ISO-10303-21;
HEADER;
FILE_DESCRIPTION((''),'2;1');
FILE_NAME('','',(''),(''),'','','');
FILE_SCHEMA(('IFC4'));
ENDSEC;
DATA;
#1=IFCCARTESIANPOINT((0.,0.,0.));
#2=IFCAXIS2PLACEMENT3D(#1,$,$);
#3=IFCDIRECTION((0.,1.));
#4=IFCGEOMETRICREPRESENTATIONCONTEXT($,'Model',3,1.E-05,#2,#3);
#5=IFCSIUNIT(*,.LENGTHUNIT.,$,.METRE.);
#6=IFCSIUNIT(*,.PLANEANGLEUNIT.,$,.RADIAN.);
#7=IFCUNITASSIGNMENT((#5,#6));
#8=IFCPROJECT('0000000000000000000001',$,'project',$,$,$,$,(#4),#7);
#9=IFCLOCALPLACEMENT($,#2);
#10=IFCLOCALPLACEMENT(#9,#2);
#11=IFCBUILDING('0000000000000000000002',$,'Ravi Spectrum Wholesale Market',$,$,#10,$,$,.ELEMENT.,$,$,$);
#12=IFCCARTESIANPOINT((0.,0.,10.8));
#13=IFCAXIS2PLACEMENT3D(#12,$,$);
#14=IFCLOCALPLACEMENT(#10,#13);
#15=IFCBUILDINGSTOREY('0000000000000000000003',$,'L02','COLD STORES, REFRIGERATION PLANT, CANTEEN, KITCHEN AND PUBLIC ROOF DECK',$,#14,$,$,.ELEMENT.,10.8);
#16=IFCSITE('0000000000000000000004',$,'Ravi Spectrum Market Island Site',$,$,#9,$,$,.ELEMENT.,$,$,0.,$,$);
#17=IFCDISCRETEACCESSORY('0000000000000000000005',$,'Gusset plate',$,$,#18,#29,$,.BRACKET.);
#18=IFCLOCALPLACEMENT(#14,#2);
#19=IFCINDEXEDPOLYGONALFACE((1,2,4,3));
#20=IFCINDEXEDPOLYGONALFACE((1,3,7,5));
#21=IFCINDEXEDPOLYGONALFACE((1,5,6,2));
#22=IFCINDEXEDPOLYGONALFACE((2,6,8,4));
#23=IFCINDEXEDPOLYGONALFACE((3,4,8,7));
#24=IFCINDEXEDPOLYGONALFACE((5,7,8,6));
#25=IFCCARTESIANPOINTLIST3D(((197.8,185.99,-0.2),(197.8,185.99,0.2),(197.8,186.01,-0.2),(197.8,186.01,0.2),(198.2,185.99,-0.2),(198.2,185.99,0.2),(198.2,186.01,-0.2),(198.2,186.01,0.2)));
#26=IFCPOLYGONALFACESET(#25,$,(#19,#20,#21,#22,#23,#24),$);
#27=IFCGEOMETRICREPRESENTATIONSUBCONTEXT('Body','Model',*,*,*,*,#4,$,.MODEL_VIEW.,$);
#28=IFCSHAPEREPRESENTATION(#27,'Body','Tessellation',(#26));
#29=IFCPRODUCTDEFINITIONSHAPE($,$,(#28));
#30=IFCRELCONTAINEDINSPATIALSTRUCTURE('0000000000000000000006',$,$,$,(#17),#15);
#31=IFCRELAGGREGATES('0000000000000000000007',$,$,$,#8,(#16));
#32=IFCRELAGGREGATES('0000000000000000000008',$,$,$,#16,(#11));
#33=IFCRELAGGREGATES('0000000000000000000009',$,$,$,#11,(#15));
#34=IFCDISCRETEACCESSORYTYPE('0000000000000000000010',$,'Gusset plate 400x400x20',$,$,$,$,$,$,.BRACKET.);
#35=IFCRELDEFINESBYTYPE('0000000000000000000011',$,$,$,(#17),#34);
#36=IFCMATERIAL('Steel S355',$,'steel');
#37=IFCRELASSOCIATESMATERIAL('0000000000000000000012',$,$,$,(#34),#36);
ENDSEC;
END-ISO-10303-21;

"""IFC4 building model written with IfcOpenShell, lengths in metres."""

from ifc_helpers import new_model, si_unit, direction, frame, origin, origin_2d, place, context, subcontext, project, spatial, rectangle, extrude, material, material_profile, profile_set, type_object, element, save


model = new_model("IFC4")

# Units and contexts
model_context = context("Model", 3, precision=1e-05, world=origin(), true_north=direction((0.0, 1.0)))
body_context = subcontext(model_context, "Body", "Model", "MODEL_VIEW")
ifc_project = project(units=[si_unit("LENGTHUNIT", "METRE"), si_unit("PLANEANGLEUNIT", "RADIAN")], contexts=[model_context])

# Site, building, storey
site_placement = place(None, origin())
site = spatial("IfcSite", under=ifc_project, at=site_placement, Name="Ravi Spectrum Market Island Site", CompositionType="ELEMENT", RefElevation=0.0)
building_placement = place(site_placement, origin())
building = spatial("IfcBuilding", under=site, at=building_placement, Name="Ravi Spectrum Wholesale Market", CompositionType="ELEMENT")
storey_placement = place(building_placement, frame((0.0, 0.0, 10.8)))
storey = spatial("IfcBuildingStorey", under=building, at=storey_placement, Name="L02", Description="COLD STORES, REFRIGERATION PLANT, CANTEEN, KITCHEN AND PUBLIC ROOF DECK", CompositionType="ELEMENT", Elevation=10.8)

# Discrete accessory
ifc_material_1 = material(Name="Steel S355", Category="steel")
ifc_material_profile_1 = material_profile(ifc_material_1, rectangle(XDim=0.3999, YDim=0.02, at=origin_2d()))
ifc_profile_set_1 = profile_set([ifc_material_profile_1], Name="Steel S355")
discrete_accessory_type_1 = type_object("IfcDiscreteAccessoryType", Name="Gusset plate 400x400x20", PredefinedType="BRACKET", material=ifc_profile_set_1)
for number, where, z_axis, x_axis, name in (
    (1, (198.0, 186.0, -0.2), (0.0, 0.0, 1.0), (1.0, 0.0, 0.0), "Gusset plate"),
):
    element("IfcDiscreteAccessory", number, at=place(storey_placement, frame(where, z_axis=z_axis, x_axis=x_axis)), inside=storey, type_object=discrete_accessory_type_1, Name=name, PredefinedType="BRACKET", context=body_context, shape_type="SweptSolid", body=[
        extrude(rectangle(XDim=0.3999, YDim=0.02, at=origin_2d()), origin(), (0.0, 0.0, 1.0), 0.3999),
    ])

save(model, "model.ifc")
